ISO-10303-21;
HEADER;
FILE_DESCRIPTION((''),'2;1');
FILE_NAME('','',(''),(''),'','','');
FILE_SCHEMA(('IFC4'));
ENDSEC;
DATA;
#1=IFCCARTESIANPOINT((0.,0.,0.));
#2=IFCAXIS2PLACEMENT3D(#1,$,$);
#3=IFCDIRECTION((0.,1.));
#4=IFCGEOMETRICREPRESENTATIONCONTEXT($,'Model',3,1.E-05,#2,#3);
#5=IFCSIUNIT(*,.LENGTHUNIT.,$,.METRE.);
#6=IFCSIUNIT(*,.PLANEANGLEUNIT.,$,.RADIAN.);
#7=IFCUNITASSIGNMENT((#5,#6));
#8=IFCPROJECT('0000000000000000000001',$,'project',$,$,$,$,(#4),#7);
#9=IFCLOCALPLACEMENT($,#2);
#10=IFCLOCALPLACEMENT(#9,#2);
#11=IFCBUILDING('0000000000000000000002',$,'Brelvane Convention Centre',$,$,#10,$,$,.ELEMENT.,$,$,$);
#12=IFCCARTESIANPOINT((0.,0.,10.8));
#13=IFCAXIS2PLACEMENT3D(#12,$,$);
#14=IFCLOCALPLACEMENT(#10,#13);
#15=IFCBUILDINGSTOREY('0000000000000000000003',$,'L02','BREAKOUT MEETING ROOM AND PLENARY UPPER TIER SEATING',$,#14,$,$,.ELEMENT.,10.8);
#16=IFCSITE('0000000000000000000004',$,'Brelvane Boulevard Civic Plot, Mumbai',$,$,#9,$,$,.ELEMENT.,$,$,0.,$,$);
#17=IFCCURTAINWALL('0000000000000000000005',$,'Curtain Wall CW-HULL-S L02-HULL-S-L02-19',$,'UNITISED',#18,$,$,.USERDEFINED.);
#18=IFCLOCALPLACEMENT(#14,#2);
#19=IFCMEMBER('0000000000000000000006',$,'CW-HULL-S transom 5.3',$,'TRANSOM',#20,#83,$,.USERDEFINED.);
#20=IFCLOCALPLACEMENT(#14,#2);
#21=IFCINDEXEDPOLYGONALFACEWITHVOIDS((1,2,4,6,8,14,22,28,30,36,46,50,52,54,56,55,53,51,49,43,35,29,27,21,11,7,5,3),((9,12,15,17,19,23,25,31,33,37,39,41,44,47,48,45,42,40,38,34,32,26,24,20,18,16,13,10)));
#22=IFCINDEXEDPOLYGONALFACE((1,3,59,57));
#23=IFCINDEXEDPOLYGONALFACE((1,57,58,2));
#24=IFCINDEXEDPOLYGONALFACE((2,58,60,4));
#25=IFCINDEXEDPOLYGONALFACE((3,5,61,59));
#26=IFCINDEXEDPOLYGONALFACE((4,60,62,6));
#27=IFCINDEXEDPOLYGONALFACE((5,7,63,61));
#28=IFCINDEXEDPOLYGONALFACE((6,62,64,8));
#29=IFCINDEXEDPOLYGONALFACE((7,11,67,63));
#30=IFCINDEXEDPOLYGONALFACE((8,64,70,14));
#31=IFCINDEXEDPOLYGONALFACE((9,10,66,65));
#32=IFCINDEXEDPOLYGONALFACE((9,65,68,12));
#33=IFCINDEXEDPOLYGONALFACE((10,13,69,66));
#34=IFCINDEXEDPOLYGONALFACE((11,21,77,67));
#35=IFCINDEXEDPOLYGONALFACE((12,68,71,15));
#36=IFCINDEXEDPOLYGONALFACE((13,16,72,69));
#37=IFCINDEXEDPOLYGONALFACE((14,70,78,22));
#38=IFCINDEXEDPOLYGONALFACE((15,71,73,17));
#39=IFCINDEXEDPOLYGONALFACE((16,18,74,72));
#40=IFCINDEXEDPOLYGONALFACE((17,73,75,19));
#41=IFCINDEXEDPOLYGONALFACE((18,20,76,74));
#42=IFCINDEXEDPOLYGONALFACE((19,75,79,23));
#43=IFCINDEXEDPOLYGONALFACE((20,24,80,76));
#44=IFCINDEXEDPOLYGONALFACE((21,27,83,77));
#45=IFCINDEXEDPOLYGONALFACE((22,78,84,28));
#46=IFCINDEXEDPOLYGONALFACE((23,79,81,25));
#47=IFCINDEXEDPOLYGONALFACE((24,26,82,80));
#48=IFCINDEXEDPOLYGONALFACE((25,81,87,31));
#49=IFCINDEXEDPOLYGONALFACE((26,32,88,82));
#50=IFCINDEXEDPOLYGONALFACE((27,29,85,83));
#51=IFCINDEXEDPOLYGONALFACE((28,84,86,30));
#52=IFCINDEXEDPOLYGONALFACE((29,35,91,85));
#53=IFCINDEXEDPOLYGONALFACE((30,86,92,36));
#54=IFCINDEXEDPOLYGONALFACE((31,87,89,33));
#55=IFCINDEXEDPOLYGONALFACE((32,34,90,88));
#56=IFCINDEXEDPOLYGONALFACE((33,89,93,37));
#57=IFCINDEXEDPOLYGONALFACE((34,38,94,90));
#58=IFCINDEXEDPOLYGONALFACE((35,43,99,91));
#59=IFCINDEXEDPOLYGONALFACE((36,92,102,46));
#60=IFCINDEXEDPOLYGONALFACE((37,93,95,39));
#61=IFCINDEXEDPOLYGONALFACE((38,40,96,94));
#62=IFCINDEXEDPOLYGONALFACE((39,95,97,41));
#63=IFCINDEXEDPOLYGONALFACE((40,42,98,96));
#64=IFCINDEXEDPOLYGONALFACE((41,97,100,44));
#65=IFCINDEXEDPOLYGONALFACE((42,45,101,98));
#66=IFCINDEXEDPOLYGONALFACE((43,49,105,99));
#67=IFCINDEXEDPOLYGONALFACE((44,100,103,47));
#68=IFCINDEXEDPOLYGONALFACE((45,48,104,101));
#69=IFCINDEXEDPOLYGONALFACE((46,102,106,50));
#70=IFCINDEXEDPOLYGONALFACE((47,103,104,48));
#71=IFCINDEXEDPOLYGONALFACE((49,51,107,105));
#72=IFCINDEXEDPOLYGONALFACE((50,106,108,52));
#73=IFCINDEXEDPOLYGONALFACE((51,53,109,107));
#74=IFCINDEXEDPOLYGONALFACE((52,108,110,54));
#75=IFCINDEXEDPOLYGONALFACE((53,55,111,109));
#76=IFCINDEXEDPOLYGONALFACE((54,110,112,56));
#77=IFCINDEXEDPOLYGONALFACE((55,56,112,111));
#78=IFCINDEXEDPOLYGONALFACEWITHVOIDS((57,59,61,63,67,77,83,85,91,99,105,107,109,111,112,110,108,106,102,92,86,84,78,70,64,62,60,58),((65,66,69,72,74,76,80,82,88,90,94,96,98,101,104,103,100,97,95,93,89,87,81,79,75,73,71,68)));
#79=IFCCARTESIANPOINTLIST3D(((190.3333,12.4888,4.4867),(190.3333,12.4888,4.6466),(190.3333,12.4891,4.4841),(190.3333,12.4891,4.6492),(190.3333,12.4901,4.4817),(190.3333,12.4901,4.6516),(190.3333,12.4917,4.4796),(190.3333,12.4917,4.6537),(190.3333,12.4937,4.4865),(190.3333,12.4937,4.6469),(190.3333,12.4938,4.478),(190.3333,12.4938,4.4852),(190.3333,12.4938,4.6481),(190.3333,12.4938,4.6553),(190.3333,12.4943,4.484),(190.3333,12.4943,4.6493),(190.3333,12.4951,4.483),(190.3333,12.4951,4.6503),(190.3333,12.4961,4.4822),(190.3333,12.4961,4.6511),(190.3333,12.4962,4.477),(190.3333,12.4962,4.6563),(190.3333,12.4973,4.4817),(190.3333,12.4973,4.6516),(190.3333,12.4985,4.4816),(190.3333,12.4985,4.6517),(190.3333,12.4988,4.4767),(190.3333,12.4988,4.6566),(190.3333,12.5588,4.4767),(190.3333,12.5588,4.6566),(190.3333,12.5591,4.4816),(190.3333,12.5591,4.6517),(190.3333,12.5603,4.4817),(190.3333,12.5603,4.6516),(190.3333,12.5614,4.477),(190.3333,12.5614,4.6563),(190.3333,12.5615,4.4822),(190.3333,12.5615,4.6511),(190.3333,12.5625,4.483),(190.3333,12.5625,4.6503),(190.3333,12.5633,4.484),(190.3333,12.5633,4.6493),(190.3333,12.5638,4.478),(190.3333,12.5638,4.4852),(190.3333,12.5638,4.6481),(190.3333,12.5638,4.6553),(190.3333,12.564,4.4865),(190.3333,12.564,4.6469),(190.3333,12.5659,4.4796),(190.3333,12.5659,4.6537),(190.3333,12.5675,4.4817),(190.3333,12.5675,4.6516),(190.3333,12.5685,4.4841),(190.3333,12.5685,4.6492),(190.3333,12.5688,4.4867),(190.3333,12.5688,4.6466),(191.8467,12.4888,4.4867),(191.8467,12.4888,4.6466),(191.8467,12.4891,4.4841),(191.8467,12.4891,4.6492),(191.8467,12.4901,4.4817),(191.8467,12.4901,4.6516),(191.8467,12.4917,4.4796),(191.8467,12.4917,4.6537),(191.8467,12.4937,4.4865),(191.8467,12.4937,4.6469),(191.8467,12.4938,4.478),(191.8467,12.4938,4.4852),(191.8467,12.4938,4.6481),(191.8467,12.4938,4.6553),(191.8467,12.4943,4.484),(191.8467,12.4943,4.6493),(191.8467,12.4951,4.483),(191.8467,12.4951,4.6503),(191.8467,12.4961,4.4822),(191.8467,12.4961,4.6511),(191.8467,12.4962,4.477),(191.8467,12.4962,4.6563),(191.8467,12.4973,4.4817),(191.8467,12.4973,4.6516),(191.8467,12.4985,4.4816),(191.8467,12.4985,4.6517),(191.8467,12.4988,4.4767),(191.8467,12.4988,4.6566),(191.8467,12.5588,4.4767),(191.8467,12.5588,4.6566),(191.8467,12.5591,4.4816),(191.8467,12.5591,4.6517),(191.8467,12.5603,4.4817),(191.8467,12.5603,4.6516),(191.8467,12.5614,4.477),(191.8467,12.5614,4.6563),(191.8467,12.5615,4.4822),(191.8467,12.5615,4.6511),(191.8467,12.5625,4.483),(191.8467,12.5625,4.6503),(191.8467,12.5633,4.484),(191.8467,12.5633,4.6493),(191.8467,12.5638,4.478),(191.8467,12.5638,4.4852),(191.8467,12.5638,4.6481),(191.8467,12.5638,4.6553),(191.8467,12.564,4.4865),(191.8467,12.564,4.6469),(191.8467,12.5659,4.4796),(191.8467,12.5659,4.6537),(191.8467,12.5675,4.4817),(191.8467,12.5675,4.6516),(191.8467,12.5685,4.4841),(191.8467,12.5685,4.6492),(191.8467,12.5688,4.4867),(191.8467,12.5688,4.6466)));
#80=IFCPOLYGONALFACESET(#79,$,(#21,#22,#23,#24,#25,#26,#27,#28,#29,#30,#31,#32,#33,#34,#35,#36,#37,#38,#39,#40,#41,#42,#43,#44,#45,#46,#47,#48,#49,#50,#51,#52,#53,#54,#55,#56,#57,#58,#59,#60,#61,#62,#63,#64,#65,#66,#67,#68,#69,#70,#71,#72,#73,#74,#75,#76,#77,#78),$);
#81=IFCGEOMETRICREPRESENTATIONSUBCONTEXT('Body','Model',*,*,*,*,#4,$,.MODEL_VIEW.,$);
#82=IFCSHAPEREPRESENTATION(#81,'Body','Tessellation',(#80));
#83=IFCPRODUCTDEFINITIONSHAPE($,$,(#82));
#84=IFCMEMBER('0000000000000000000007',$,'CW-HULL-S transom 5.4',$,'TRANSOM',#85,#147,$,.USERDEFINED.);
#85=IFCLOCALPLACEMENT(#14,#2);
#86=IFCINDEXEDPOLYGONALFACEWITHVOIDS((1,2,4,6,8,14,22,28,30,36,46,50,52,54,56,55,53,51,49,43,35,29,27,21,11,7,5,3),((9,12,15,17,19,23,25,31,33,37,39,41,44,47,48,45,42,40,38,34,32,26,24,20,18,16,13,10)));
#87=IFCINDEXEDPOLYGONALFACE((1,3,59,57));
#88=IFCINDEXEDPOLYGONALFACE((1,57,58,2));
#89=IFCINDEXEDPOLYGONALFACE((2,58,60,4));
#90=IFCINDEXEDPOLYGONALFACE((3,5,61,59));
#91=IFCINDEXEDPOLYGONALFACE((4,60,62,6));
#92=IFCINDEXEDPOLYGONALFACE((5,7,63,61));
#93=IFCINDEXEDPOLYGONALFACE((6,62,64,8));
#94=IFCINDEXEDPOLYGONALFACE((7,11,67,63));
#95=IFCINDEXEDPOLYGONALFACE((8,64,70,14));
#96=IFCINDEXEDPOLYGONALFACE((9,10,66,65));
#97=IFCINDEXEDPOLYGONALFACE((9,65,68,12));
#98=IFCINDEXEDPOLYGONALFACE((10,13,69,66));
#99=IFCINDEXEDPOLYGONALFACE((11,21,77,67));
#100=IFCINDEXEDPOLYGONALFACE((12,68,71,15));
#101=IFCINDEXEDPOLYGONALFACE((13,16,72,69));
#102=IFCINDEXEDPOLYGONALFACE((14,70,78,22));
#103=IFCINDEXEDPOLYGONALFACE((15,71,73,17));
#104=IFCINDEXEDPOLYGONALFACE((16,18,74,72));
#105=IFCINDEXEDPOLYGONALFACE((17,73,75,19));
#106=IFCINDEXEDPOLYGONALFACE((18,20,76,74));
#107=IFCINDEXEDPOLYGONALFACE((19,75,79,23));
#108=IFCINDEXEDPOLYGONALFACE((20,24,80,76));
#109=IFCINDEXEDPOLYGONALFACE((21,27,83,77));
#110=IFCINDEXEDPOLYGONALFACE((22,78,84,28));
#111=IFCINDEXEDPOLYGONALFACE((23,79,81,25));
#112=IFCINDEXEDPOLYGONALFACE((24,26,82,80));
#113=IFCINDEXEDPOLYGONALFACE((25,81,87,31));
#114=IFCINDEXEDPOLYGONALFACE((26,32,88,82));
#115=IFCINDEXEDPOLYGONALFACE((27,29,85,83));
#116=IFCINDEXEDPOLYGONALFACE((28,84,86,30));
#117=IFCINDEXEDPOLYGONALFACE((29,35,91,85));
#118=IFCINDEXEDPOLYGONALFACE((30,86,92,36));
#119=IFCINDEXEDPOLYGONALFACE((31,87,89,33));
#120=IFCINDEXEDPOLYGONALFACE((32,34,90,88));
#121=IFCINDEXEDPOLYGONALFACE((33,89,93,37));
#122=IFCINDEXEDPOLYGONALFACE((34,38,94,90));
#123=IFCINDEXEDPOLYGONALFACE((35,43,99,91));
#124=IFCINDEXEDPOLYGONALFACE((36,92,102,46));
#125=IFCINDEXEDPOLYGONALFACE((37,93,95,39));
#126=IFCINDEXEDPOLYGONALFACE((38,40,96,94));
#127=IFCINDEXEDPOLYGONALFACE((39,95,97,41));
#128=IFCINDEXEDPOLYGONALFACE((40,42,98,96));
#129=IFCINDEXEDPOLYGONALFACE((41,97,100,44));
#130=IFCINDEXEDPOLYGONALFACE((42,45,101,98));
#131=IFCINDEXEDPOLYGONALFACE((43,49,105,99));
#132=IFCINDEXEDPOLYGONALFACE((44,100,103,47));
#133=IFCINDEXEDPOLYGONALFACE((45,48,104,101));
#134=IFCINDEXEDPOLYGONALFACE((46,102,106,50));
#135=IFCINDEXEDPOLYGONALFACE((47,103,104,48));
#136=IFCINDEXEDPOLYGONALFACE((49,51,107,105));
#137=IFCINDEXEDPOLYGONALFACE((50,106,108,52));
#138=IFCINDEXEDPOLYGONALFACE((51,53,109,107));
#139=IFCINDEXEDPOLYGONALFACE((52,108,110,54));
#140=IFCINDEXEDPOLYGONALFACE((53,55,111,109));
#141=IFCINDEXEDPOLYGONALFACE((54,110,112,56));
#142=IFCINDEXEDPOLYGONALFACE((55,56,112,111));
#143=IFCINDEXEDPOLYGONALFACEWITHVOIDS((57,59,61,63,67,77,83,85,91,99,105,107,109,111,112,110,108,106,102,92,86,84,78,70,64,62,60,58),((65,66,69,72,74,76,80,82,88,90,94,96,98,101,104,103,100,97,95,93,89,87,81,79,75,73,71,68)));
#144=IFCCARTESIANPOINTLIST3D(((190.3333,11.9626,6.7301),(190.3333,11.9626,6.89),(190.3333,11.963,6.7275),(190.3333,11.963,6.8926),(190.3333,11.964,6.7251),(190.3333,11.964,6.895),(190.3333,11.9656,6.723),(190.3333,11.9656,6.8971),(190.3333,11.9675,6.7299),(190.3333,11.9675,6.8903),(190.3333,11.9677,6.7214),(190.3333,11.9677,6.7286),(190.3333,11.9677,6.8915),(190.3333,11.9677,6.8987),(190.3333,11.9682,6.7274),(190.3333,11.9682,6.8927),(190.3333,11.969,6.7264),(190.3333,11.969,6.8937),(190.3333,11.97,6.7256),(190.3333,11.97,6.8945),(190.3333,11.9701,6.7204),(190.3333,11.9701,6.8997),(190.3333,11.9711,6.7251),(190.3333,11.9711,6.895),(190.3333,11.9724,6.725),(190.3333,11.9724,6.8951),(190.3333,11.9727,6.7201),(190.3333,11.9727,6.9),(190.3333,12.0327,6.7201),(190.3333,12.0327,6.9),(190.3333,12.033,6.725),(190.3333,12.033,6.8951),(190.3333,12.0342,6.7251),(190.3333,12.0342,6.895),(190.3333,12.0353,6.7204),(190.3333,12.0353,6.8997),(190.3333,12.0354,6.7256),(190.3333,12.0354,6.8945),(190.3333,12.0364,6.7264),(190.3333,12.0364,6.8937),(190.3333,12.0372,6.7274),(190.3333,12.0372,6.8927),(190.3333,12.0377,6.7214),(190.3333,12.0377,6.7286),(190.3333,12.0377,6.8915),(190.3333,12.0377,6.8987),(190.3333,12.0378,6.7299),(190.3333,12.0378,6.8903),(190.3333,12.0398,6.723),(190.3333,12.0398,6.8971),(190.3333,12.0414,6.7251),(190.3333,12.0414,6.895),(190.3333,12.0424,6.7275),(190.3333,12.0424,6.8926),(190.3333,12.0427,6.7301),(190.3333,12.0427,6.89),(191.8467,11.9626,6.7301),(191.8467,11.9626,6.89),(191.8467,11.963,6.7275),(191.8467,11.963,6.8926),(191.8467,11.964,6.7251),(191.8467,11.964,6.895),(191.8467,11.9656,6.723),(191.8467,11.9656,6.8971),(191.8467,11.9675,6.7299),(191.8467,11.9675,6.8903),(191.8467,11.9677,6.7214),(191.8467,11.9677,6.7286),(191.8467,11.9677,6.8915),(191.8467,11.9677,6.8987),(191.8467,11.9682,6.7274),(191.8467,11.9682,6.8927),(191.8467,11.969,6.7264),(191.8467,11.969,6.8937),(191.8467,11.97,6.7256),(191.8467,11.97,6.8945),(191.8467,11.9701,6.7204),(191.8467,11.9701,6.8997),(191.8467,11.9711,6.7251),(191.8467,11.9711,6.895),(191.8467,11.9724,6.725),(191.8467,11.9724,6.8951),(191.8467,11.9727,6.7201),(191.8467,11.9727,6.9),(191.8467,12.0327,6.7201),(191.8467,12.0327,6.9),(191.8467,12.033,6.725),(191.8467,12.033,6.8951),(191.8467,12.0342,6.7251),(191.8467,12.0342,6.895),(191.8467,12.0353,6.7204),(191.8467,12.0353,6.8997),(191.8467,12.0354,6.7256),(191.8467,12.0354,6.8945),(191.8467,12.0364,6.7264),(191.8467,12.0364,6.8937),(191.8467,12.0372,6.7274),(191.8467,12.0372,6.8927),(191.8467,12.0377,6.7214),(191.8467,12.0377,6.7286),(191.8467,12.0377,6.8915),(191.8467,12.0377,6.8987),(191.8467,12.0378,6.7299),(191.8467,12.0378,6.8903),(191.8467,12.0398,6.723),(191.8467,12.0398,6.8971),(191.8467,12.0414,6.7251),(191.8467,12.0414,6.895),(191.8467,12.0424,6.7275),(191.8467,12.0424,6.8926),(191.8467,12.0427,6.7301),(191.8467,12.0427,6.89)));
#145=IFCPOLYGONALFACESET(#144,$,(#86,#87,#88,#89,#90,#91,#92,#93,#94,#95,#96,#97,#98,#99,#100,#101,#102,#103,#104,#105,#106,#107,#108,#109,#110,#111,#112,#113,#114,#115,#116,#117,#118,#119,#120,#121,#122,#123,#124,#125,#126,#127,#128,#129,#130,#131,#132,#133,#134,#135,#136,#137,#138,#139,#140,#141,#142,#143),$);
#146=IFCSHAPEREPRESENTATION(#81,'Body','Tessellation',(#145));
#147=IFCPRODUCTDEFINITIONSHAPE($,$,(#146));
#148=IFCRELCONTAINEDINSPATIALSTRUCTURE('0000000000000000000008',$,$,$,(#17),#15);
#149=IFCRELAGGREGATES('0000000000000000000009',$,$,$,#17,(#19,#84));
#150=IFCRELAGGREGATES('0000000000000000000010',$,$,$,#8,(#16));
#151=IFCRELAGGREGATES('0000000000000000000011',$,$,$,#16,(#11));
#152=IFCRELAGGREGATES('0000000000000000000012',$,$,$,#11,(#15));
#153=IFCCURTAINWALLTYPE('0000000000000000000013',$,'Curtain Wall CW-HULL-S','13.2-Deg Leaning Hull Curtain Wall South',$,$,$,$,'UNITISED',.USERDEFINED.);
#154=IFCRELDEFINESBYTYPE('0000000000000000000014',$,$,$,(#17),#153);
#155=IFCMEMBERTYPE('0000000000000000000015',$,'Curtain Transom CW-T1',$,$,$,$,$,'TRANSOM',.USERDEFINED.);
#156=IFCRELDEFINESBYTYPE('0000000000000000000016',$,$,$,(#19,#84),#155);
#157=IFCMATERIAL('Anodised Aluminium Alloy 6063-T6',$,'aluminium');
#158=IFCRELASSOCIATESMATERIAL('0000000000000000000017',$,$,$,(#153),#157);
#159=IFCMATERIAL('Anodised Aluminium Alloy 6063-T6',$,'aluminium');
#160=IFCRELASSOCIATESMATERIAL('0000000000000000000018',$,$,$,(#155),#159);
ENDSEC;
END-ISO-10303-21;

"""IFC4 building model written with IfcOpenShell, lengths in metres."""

from ifc_helpers import new_model, si_unit, direction, frame, origin, origin_2d, place, context, subcontext, project, spatial, hollow_rectangle, extrude, material, material_profile, profile_set, type_object, element, aggregate, save


model = new_model("IFC4")

# Units and contexts
model_context = context("Model", 3, precision=1e-05, world=origin(), true_north=direction((0.0, 1.0)))
body_context = subcontext(model_context, "Body", "Model", "MODEL_VIEW")
ifc_project = project(units=[si_unit("LENGTHUNIT", "METRE"), si_unit("PLANEANGLEUNIT", "RADIAN")], contexts=[model_context])

# Site, building, storey
site_placement = place(None, origin())
site = spatial("IfcSite", under=ifc_project, at=site_placement, Name="Brelvane Boulevard Civic Plot, Mumbai", CompositionType="ELEMENT", RefElevation=0.0)
building_placement = place(site_placement, origin())
building = spatial("IfcBuilding", under=site, at=building_placement, Name="Brelvane Convention Centre", CompositionType="ELEMENT")
storey_placement = place(building_placement, frame((0.0, 0.0, 10.8)))
storey = spatial("IfcBuildingStorey", under=building, at=storey_placement, Name="L02", Description="BREAKOUT MEETING ROOM AND PLENARY UPPER TIER SEATING", CompositionType="ELEMENT", Elevation=10.8)

# Curtain wall, members
ifc_material_1 = material(Name="Anodised Aluminium Alloy 6063-T6", Category="aluminium")
curtain_wall_type = type_object("IfcCurtainWallType", Name="Curtain Wall CW-HULL-S", Description="13.2-Deg Leaning Hull Curtain Wall South", ElementType="UNITISED", PredefinedType="USERDEFINED", material=ifc_material_1)
curtain_wall_1_placement = place(storey_placement, origin())
curtain_wall_1 = element("IfcCurtainWall", 1, at=curtain_wall_1_placement, inside=storey, type_object=curtain_wall_type, Name="Curtain Wall CW-HULL-S L02-HULL-S-L02-19", ObjectType="UNITISED", PredefinedType="USERDEFINED")
ifc_material_2 = material(Name="Anodised Aluminium Alloy 6063-T6", Category="aluminium")
ifc_material_profile = material_profile(ifc_material_2, hollow_rectangle(XDim=0.0801, YDim=0.1799, WallThickness=0.0049, InnerFilletRadius=0.0049, OuterFilletRadius=0.01, at=origin_2d()), Name="ALU-T 180x80x5.0")
ifc_profile_set = profile_set([ifc_material_profile], Name="Anodised Aluminium Alloy 6063-T6")
member_type = type_object("IfcMemberType", Name="Curtain Transom CW-T1", ElementType="TRANSOM", PredefinedType="USERDEFINED", material=ifc_profile_set)
member_1_placement = place(storey_placement, frame((190.3333, 12.5288, 4.5667), z_axis=(1.0, 0.0, 0.0), x_axis=(0.0, 1.0, 0.0)))
member_1 = element("IfcMember", 2, at=member_1_placement, type_object=member_type, Name="CW-HULL-S transom 5.3", ObjectType="TRANSOM", PredefinedType="USERDEFINED", context=body_context, shape_type="SweptSolid", body=[
    extrude(hollow_rectangle(XDim=0.0801, YDim=0.1799, WallThickness=0.0049, InnerFilletRadius=0.0049, OuterFilletRadius=0.01, at=origin_2d()), origin(), (0.0, 0.0, 1.0), 1.5134),
])
member_2_placement = place(storey_placement, frame((190.3333, 12.0027, 6.8101), z_axis=(1.0, 0.0, 0.0), x_axis=(0.0, 1.0, 0.0)))
member_2 = element("IfcMember", 3, at=member_2_placement, type_object=member_type, Name="CW-HULL-S transom 5.4", ObjectType="TRANSOM", PredefinedType="USERDEFINED", context=body_context, shape_type="SweptSolid", body=[
    extrude(hollow_rectangle(XDim=0.0801, YDim=0.1799, WallThickness=0.0049, InnerFilletRadius=0.0049, OuterFilletRadius=0.01, at=origin_2d()), origin(), (0.0, 0.0, 1.0), 1.5134),
])

aggregate(curtain_wall_1, [member_1, member_2])

save(model, "model.ifc")
